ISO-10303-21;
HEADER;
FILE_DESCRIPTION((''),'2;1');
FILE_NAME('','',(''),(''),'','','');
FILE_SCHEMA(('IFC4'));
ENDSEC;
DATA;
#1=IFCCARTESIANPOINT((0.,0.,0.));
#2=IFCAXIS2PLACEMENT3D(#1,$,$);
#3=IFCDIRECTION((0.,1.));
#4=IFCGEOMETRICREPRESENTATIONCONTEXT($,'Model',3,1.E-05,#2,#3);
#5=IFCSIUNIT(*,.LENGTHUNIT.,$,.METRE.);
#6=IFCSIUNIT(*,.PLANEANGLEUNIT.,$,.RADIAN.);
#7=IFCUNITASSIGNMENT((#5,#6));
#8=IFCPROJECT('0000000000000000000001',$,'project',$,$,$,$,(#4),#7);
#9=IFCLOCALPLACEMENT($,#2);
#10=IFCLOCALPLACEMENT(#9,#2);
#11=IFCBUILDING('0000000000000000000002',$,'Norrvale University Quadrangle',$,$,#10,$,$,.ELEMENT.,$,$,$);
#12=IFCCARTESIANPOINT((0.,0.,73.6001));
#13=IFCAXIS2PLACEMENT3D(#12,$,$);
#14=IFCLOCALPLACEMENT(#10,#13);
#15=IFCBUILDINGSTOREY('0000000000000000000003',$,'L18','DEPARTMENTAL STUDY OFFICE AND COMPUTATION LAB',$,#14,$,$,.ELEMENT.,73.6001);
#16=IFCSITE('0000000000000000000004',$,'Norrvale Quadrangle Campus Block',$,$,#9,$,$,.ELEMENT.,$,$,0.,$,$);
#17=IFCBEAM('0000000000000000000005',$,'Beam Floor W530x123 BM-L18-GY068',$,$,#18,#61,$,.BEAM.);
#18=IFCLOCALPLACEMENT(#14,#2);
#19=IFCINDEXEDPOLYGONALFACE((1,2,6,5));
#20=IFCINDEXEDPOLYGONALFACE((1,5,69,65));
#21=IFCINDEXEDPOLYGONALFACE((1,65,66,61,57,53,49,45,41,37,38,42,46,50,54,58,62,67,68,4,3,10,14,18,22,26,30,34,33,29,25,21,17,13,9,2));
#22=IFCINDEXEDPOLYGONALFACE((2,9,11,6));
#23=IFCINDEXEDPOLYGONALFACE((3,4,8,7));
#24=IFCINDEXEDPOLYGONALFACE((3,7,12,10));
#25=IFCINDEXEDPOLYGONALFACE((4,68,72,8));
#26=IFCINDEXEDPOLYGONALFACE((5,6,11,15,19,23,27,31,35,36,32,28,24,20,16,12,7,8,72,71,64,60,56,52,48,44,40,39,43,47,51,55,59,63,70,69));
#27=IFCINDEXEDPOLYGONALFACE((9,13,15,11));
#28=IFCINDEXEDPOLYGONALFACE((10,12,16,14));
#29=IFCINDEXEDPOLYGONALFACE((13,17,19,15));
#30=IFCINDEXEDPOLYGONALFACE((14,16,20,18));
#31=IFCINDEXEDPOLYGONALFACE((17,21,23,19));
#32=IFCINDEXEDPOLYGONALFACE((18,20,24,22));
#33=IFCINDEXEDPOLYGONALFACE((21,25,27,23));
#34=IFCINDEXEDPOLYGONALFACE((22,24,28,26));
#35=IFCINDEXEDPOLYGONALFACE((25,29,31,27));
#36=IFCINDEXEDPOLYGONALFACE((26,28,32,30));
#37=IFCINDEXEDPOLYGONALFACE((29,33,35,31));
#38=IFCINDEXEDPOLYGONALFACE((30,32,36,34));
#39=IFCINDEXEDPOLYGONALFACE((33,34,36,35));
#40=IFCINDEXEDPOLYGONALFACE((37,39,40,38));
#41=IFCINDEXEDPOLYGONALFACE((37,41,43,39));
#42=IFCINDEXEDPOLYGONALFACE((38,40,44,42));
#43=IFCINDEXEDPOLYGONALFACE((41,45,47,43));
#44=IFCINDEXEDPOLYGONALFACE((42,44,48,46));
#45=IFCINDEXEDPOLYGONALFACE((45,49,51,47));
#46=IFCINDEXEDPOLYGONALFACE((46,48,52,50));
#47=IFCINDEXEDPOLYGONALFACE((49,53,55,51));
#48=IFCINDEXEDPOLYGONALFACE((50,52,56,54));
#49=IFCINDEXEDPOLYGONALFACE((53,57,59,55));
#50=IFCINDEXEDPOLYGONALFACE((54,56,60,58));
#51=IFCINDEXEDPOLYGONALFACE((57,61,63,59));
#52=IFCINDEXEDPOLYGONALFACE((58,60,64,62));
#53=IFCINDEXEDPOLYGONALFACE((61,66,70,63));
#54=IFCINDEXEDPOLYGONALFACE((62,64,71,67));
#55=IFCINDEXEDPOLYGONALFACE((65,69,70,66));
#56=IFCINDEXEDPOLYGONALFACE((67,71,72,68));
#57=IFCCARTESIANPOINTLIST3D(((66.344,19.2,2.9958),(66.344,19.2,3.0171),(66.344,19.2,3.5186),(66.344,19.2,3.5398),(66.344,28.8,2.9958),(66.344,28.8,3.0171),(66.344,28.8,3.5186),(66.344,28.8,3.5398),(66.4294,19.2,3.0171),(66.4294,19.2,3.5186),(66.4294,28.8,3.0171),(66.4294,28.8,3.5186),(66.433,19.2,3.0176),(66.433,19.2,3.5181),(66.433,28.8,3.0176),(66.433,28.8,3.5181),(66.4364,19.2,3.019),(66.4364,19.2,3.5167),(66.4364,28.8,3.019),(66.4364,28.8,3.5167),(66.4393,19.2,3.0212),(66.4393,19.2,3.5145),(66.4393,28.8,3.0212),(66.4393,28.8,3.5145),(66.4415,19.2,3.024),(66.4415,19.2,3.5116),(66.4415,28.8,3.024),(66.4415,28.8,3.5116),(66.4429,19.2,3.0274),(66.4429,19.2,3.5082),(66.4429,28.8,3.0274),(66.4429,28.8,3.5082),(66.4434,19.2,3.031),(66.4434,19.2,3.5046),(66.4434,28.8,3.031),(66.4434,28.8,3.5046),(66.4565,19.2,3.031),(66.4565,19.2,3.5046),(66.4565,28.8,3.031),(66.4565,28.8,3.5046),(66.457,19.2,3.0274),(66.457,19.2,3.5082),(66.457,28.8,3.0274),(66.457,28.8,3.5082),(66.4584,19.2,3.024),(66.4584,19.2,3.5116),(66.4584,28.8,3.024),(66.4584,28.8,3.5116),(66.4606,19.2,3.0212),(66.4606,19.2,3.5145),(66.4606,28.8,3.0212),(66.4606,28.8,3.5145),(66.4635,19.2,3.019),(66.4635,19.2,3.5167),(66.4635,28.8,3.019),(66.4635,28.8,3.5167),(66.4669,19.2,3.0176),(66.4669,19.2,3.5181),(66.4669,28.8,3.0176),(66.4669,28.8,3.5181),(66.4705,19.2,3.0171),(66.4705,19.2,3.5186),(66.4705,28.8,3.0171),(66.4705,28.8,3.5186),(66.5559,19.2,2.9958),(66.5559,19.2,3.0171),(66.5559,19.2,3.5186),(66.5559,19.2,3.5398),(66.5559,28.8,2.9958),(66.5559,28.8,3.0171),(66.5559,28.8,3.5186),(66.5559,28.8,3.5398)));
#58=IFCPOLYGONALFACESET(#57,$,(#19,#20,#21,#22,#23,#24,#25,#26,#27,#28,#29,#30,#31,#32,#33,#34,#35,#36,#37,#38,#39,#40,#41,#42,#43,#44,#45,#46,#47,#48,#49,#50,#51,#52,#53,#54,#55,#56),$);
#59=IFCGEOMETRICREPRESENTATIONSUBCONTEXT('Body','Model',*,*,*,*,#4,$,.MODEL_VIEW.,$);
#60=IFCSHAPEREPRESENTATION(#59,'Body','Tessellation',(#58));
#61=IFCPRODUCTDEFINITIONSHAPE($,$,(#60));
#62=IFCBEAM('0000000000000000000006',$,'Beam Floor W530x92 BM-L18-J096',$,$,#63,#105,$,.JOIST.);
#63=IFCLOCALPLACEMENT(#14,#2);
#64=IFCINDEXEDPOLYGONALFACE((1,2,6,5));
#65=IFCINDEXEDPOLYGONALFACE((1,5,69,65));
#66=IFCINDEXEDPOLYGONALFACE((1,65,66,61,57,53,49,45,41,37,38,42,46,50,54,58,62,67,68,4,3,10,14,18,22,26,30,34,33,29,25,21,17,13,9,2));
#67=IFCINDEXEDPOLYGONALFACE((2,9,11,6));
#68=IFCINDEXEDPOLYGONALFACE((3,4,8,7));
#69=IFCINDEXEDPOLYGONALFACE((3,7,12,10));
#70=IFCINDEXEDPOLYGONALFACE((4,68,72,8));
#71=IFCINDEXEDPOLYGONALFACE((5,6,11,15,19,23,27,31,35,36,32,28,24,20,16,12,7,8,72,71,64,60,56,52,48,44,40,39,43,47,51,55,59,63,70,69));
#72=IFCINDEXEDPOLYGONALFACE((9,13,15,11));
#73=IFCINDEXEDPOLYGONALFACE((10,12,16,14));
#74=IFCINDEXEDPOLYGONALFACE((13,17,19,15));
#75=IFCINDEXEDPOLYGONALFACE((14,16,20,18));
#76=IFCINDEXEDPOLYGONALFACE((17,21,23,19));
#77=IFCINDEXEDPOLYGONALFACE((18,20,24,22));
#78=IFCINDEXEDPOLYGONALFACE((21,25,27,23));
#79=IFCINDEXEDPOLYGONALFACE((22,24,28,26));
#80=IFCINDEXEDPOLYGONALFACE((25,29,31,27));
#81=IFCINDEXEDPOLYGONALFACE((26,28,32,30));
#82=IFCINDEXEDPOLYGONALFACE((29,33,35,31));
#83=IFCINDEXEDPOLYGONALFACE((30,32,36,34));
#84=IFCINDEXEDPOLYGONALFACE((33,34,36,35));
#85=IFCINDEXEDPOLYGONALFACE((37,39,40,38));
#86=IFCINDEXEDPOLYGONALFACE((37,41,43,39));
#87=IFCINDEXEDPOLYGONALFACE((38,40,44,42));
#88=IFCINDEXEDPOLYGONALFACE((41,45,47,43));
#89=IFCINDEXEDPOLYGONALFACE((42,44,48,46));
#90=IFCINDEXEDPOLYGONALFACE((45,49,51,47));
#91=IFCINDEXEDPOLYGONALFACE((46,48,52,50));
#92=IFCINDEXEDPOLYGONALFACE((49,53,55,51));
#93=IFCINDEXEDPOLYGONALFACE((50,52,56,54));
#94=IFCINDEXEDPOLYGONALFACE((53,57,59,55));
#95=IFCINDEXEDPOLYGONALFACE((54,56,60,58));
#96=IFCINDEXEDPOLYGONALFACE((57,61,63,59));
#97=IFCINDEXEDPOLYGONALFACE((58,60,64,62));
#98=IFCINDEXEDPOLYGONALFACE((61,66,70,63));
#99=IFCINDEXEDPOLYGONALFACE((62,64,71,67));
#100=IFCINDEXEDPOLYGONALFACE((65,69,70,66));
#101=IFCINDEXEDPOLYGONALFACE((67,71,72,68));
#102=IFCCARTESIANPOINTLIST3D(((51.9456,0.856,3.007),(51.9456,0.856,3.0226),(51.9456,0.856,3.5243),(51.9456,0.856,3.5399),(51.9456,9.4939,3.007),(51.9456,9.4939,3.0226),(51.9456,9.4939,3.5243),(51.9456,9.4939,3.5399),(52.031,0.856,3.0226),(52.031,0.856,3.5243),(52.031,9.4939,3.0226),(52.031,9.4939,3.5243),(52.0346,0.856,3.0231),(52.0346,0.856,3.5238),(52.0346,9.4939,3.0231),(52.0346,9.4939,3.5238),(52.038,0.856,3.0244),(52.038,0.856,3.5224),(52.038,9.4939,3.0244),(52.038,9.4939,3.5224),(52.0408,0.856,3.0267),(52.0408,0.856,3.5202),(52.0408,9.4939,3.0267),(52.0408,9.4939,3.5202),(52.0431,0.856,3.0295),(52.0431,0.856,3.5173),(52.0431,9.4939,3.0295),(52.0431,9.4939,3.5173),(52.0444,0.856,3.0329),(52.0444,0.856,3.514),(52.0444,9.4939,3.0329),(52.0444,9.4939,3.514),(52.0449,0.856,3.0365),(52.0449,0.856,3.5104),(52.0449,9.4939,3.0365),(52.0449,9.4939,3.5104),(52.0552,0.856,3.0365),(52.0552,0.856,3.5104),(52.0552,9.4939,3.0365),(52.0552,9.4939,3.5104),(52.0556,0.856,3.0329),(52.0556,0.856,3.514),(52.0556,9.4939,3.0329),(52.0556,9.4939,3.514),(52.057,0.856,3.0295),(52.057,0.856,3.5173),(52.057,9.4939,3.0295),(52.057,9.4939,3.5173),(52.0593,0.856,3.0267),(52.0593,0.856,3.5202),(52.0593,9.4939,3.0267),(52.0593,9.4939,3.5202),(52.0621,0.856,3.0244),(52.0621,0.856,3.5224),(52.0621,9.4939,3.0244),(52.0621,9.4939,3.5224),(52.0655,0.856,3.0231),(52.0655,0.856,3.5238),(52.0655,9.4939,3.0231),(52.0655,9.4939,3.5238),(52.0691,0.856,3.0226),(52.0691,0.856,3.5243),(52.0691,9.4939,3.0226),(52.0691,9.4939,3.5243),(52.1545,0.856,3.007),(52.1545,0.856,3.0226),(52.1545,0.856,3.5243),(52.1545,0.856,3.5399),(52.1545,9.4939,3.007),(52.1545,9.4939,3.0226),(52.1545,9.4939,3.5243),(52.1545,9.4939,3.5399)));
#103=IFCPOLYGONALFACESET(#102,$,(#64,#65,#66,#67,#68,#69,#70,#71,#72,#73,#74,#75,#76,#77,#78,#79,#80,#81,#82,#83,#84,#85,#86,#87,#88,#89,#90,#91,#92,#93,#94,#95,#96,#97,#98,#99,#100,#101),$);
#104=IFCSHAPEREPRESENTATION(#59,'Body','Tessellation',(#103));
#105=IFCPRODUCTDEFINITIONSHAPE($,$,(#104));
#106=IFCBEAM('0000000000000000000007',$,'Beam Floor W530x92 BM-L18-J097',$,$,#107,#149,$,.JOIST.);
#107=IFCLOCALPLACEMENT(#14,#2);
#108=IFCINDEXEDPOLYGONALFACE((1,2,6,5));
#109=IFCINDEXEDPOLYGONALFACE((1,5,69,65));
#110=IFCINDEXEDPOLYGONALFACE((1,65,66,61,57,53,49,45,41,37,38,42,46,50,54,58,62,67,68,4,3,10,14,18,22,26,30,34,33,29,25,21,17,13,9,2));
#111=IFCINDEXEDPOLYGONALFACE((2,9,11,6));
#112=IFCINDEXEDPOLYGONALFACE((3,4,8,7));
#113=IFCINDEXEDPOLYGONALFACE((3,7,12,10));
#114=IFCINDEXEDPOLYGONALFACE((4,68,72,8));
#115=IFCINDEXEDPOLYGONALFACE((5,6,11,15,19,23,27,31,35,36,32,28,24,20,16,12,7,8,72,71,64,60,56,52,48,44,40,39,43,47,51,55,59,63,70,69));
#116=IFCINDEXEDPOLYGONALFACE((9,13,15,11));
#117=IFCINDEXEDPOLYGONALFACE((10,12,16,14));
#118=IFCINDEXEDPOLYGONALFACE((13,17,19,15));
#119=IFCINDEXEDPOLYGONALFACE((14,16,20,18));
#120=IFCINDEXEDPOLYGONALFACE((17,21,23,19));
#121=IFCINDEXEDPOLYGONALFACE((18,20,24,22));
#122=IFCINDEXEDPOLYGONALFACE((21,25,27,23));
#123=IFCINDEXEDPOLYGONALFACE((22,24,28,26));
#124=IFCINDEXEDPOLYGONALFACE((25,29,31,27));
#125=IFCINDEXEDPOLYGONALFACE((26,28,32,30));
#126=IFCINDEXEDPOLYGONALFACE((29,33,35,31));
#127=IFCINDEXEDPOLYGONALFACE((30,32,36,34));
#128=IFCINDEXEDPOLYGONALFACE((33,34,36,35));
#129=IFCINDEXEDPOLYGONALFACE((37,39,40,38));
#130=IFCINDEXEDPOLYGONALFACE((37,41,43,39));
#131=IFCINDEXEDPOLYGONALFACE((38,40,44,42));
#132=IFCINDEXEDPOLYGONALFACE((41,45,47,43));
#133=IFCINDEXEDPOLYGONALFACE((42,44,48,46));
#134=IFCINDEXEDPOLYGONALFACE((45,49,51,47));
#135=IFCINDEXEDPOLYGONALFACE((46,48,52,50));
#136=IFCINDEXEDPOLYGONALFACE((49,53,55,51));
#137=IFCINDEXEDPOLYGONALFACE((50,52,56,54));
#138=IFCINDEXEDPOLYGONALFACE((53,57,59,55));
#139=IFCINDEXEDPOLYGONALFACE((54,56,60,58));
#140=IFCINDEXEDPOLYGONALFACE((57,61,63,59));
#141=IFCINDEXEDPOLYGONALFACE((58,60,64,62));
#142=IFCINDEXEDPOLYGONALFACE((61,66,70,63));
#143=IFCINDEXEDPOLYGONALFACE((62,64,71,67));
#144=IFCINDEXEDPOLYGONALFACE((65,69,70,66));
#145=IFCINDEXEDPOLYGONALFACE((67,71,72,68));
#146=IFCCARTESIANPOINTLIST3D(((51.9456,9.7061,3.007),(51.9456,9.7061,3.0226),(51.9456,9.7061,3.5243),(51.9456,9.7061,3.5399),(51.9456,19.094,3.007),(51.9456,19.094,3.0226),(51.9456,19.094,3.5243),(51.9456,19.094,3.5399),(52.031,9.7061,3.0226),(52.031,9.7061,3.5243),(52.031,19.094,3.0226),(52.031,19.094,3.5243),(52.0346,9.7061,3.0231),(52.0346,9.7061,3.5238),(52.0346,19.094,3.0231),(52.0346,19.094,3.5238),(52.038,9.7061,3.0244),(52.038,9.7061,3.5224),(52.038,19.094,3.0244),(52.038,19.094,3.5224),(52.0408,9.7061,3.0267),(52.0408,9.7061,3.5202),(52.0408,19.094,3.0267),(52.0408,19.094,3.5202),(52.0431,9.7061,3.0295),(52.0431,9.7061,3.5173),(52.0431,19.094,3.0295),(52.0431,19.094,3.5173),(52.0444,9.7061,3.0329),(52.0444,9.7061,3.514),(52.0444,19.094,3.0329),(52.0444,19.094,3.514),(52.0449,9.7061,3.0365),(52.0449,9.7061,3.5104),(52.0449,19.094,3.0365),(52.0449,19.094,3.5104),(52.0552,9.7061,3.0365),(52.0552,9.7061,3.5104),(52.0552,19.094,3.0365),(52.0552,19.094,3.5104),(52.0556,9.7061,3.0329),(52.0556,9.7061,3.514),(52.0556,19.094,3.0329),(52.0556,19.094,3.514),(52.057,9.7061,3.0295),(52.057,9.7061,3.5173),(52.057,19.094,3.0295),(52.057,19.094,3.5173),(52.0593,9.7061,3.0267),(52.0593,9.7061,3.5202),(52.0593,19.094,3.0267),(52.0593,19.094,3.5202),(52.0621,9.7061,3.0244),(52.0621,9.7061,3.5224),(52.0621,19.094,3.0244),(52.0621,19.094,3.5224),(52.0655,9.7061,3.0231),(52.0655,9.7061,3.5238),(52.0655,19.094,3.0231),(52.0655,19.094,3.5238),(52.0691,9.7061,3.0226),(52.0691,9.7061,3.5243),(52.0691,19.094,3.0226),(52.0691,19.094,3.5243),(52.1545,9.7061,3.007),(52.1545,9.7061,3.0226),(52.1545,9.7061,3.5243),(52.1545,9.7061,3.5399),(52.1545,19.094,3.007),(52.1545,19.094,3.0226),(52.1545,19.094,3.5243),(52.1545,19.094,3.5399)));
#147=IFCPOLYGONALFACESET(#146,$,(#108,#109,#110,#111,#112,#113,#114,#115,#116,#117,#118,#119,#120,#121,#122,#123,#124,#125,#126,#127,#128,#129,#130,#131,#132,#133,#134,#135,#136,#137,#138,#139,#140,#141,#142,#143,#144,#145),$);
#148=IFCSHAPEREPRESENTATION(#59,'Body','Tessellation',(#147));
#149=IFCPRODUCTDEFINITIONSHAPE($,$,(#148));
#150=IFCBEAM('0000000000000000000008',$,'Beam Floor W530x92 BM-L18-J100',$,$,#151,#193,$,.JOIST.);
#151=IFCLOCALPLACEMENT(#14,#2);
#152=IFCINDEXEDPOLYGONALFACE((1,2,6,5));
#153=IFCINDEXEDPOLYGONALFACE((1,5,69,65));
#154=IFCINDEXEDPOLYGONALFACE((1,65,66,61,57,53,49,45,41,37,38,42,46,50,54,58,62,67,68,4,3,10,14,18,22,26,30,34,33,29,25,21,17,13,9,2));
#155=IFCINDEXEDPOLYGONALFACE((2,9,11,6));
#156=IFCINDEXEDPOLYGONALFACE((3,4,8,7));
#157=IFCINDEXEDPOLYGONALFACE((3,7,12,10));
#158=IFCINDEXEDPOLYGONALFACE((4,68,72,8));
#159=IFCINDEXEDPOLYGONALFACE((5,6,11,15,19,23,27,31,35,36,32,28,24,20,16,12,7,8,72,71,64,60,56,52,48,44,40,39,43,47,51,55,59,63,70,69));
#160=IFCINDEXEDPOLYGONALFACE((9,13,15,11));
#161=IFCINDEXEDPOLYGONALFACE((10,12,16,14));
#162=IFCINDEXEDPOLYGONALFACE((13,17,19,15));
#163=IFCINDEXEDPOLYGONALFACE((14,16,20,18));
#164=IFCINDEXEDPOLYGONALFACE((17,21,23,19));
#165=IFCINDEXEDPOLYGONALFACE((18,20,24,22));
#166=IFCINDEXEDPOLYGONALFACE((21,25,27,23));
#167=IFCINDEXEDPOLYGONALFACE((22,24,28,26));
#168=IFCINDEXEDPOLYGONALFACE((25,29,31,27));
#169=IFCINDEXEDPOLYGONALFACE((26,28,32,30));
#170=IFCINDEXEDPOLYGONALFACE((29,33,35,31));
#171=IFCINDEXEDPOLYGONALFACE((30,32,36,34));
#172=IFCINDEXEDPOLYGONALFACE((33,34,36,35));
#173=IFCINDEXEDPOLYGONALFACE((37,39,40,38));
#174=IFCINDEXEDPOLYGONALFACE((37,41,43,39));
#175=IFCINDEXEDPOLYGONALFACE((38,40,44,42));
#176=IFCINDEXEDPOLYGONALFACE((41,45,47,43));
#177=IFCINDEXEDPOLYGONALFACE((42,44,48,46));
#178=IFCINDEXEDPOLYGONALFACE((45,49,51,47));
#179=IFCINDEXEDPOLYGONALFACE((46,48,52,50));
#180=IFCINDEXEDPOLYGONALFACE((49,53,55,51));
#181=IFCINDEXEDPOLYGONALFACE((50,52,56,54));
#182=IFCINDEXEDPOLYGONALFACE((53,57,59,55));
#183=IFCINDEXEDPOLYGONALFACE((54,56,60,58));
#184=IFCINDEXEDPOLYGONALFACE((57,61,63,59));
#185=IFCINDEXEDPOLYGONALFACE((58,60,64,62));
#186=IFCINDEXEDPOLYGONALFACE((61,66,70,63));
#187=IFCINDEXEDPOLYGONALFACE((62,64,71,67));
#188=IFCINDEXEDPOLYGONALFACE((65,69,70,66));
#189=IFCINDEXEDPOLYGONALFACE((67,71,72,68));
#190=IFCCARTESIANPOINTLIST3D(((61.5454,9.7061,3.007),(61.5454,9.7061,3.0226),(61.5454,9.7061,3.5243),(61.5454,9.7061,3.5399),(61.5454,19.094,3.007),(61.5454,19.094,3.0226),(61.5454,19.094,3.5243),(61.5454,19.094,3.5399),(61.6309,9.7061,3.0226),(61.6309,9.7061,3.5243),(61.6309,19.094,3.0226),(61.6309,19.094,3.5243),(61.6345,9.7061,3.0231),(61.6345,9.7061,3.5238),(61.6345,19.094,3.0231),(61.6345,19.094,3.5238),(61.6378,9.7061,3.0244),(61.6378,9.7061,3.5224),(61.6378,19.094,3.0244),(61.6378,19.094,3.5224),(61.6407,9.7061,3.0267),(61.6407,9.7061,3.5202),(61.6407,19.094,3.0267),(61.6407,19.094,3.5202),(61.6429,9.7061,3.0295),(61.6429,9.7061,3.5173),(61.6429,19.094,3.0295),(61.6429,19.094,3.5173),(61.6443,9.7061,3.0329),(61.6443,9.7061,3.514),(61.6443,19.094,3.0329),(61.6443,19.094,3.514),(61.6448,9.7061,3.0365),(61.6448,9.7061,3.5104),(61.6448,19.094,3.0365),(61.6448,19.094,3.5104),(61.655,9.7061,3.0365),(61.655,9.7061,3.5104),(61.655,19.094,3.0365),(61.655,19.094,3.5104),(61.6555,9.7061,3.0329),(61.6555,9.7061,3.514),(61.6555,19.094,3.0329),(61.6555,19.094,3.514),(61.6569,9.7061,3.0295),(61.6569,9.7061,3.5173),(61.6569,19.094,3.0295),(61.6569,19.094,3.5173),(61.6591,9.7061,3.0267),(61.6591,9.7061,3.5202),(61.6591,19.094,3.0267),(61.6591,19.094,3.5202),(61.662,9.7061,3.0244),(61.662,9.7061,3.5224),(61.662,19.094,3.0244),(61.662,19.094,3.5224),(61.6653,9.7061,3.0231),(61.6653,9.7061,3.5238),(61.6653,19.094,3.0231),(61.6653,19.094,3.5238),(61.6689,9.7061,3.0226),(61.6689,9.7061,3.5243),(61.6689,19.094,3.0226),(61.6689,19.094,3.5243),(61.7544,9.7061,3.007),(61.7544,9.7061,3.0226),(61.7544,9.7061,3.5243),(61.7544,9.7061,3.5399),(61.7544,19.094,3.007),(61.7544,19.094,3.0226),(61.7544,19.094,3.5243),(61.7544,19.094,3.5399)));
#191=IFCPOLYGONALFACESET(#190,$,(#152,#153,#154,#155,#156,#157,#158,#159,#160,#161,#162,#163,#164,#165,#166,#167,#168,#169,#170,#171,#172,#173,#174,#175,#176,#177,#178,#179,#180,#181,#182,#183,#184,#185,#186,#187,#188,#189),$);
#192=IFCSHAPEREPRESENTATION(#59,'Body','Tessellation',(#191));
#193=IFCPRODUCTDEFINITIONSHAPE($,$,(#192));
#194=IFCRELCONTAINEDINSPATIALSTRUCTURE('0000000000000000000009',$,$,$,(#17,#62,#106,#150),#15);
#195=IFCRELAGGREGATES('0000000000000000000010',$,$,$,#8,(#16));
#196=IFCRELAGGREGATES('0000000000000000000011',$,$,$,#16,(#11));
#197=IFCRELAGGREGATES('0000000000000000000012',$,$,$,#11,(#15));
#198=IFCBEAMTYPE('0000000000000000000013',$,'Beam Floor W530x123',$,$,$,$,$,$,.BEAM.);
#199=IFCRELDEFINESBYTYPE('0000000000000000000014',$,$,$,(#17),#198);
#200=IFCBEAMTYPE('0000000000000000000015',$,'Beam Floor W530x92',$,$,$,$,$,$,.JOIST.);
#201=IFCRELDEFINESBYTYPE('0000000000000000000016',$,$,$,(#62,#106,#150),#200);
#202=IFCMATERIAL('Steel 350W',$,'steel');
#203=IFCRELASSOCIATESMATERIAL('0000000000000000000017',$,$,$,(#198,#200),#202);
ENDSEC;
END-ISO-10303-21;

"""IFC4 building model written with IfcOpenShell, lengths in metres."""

from ifc_helpers import new_model, si_unit, direction, frame, origin, origin_2d, place, context, subcontext, project, spatial, i_section, extrude, material, material_profile, profile_set, type_object, element, save


model = new_model("IFC4")

# Units and contexts
model_context = context("Model", 3, precision=1e-05, world=origin(), true_north=direction((0.0, 1.0)))
body_context = subcontext(model_context, "Body", "Model", "MODEL_VIEW")
ifc_project = project(units=[si_unit("LENGTHUNIT", "METRE"), si_unit("PLANEANGLEUNIT", "RADIAN")], contexts=[model_context])

# Site, building, storey
site_placement = place(None, origin())
site = spatial("IfcSite", under=ifc_project, at=site_placement, Name="Norrvale Quadrangle Campus Block", CompositionType="ELEMENT", RefElevation=0.0)
building_placement = place(site_placement, origin())
building = spatial("IfcBuilding", under=site, at=building_placement, Name="Norrvale University Quadrangle", CompositionType="ELEMENT")
storey_placement = place(building_placement, frame((0.0, 0.0, 73.6001)))
storey = spatial("IfcBuildingStorey", under=building, at=storey_placement, Name="L18", Description="DEPARTMENTAL STUDY OFFICE AND COMPUTATION LAB", CompositionType="ELEMENT", Elevation=73.6001)

# Beams
ifc_material_1 = material(Name="Steel 350W", Category="steel")
ifc_material_profile_1 = material_profile(ifc_material_1, i_section(OverallWidth=0.2119, OverallDepth=0.5439, WebThickness=0.0132, FlangeThickness=0.0212, FilletRadius=0.0139, at=origin_2d()), Name="Steel 350W")
ifc_profile_set_1 = profile_set([ifc_material_profile_1], Name="Steel 350W")
beam_type_1 = type_object("IfcBeamType", Name="Beam Floor W530x123", PredefinedType="BEAM", material=ifc_profile_set_1)
beam_1_placement = place(storey_placement, frame((66.45, 19.2, 3.2678), z_axis=(0.0, 1.0, 0.0), x_axis=(-1.0, 0.0, 0.0)))
element("IfcBeam", 1, at=beam_1_placement, inside=storey, type_object=beam_type_1, Name="Beam Floor W530x123 BM-L18-GY068", PredefinedType="BEAM", context=body_context, shape_type="SweptSolid", body=[
    extrude(i_section(OverallWidth=0.2119, OverallDepth=0.5439, WebThickness=0.0132, FlangeThickness=0.0212, FilletRadius=0.0139, at=origin_2d()), origin(), (0.0, 0.0, 1.0), 9.6001),
])
ifc_material_profile_2 = material_profile(ifc_material_1, i_section(OverallWidth=0.209, OverallDepth=0.533, WebThickness=0.0103, FlangeThickness=0.0156, FilletRadius=0.0139, at=origin_2d()), Name="Steel 350W")
ifc_profile_set_2 = profile_set([ifc_material_profile_2], Name="Steel 350W")
beam_type_2 = type_object("IfcBeamType", Name="Beam Floor W530x92", PredefinedType="JOIST", material=ifc_profile_set_2)
beam_2_placement = place(storey_placement, frame((52.05, 0.856, 3.2734), z_axis=(0.0, 1.0, 0.0), x_axis=(-1.0, 0.0, 0.0)))
element("IfcBeam", 2, at=beam_2_placement, inside=storey, type_object=beam_type_2, Name="Beam Floor W530x92 BM-L18-J096", PredefinedType="JOIST", context=body_context, shape_type="SweptSolid", body=[
    extrude(i_section(OverallWidth=0.209, OverallDepth=0.533, WebThickness=0.0103, FlangeThickness=0.0156, FilletRadius=0.0139, at=origin_2d()), origin(), (0.0, 0.0, 1.0), 8.6379),
])
for number, where, z_axis, x_axis, name in (
    (3, (52.05, 9.7061, 3.2734), (0.0, 1.0, 0.0), (-1.0, 0.0, 0.0), "Beam Floor W530x92 BM-L18-J097"),
    (4, (61.6499, 9.7061, 3.2734), (0.0, 1.0, 0.0), (-1.0, 0.0, 0.0), "Beam Floor W530x92 BM-L18-J100"),
):
    element("IfcBeam", number, at=place(storey_placement, frame(where, z_axis=z_axis, x_axis=x_axis)), inside=storey, type_object=beam_type_2, Name=name, PredefinedType="JOIST", context=body_context, shape_type="SweptSolid", body=[
        extrude(i_section(OverallWidth=0.209, OverallDepth=0.533, WebThickness=0.0103, FlangeThickness=0.0156, FilletRadius=0.0139, at=origin_2d()), origin(), (0.0, 0.0, 1.0), 9.3879),
    ])

save(model, "model.ifc")
